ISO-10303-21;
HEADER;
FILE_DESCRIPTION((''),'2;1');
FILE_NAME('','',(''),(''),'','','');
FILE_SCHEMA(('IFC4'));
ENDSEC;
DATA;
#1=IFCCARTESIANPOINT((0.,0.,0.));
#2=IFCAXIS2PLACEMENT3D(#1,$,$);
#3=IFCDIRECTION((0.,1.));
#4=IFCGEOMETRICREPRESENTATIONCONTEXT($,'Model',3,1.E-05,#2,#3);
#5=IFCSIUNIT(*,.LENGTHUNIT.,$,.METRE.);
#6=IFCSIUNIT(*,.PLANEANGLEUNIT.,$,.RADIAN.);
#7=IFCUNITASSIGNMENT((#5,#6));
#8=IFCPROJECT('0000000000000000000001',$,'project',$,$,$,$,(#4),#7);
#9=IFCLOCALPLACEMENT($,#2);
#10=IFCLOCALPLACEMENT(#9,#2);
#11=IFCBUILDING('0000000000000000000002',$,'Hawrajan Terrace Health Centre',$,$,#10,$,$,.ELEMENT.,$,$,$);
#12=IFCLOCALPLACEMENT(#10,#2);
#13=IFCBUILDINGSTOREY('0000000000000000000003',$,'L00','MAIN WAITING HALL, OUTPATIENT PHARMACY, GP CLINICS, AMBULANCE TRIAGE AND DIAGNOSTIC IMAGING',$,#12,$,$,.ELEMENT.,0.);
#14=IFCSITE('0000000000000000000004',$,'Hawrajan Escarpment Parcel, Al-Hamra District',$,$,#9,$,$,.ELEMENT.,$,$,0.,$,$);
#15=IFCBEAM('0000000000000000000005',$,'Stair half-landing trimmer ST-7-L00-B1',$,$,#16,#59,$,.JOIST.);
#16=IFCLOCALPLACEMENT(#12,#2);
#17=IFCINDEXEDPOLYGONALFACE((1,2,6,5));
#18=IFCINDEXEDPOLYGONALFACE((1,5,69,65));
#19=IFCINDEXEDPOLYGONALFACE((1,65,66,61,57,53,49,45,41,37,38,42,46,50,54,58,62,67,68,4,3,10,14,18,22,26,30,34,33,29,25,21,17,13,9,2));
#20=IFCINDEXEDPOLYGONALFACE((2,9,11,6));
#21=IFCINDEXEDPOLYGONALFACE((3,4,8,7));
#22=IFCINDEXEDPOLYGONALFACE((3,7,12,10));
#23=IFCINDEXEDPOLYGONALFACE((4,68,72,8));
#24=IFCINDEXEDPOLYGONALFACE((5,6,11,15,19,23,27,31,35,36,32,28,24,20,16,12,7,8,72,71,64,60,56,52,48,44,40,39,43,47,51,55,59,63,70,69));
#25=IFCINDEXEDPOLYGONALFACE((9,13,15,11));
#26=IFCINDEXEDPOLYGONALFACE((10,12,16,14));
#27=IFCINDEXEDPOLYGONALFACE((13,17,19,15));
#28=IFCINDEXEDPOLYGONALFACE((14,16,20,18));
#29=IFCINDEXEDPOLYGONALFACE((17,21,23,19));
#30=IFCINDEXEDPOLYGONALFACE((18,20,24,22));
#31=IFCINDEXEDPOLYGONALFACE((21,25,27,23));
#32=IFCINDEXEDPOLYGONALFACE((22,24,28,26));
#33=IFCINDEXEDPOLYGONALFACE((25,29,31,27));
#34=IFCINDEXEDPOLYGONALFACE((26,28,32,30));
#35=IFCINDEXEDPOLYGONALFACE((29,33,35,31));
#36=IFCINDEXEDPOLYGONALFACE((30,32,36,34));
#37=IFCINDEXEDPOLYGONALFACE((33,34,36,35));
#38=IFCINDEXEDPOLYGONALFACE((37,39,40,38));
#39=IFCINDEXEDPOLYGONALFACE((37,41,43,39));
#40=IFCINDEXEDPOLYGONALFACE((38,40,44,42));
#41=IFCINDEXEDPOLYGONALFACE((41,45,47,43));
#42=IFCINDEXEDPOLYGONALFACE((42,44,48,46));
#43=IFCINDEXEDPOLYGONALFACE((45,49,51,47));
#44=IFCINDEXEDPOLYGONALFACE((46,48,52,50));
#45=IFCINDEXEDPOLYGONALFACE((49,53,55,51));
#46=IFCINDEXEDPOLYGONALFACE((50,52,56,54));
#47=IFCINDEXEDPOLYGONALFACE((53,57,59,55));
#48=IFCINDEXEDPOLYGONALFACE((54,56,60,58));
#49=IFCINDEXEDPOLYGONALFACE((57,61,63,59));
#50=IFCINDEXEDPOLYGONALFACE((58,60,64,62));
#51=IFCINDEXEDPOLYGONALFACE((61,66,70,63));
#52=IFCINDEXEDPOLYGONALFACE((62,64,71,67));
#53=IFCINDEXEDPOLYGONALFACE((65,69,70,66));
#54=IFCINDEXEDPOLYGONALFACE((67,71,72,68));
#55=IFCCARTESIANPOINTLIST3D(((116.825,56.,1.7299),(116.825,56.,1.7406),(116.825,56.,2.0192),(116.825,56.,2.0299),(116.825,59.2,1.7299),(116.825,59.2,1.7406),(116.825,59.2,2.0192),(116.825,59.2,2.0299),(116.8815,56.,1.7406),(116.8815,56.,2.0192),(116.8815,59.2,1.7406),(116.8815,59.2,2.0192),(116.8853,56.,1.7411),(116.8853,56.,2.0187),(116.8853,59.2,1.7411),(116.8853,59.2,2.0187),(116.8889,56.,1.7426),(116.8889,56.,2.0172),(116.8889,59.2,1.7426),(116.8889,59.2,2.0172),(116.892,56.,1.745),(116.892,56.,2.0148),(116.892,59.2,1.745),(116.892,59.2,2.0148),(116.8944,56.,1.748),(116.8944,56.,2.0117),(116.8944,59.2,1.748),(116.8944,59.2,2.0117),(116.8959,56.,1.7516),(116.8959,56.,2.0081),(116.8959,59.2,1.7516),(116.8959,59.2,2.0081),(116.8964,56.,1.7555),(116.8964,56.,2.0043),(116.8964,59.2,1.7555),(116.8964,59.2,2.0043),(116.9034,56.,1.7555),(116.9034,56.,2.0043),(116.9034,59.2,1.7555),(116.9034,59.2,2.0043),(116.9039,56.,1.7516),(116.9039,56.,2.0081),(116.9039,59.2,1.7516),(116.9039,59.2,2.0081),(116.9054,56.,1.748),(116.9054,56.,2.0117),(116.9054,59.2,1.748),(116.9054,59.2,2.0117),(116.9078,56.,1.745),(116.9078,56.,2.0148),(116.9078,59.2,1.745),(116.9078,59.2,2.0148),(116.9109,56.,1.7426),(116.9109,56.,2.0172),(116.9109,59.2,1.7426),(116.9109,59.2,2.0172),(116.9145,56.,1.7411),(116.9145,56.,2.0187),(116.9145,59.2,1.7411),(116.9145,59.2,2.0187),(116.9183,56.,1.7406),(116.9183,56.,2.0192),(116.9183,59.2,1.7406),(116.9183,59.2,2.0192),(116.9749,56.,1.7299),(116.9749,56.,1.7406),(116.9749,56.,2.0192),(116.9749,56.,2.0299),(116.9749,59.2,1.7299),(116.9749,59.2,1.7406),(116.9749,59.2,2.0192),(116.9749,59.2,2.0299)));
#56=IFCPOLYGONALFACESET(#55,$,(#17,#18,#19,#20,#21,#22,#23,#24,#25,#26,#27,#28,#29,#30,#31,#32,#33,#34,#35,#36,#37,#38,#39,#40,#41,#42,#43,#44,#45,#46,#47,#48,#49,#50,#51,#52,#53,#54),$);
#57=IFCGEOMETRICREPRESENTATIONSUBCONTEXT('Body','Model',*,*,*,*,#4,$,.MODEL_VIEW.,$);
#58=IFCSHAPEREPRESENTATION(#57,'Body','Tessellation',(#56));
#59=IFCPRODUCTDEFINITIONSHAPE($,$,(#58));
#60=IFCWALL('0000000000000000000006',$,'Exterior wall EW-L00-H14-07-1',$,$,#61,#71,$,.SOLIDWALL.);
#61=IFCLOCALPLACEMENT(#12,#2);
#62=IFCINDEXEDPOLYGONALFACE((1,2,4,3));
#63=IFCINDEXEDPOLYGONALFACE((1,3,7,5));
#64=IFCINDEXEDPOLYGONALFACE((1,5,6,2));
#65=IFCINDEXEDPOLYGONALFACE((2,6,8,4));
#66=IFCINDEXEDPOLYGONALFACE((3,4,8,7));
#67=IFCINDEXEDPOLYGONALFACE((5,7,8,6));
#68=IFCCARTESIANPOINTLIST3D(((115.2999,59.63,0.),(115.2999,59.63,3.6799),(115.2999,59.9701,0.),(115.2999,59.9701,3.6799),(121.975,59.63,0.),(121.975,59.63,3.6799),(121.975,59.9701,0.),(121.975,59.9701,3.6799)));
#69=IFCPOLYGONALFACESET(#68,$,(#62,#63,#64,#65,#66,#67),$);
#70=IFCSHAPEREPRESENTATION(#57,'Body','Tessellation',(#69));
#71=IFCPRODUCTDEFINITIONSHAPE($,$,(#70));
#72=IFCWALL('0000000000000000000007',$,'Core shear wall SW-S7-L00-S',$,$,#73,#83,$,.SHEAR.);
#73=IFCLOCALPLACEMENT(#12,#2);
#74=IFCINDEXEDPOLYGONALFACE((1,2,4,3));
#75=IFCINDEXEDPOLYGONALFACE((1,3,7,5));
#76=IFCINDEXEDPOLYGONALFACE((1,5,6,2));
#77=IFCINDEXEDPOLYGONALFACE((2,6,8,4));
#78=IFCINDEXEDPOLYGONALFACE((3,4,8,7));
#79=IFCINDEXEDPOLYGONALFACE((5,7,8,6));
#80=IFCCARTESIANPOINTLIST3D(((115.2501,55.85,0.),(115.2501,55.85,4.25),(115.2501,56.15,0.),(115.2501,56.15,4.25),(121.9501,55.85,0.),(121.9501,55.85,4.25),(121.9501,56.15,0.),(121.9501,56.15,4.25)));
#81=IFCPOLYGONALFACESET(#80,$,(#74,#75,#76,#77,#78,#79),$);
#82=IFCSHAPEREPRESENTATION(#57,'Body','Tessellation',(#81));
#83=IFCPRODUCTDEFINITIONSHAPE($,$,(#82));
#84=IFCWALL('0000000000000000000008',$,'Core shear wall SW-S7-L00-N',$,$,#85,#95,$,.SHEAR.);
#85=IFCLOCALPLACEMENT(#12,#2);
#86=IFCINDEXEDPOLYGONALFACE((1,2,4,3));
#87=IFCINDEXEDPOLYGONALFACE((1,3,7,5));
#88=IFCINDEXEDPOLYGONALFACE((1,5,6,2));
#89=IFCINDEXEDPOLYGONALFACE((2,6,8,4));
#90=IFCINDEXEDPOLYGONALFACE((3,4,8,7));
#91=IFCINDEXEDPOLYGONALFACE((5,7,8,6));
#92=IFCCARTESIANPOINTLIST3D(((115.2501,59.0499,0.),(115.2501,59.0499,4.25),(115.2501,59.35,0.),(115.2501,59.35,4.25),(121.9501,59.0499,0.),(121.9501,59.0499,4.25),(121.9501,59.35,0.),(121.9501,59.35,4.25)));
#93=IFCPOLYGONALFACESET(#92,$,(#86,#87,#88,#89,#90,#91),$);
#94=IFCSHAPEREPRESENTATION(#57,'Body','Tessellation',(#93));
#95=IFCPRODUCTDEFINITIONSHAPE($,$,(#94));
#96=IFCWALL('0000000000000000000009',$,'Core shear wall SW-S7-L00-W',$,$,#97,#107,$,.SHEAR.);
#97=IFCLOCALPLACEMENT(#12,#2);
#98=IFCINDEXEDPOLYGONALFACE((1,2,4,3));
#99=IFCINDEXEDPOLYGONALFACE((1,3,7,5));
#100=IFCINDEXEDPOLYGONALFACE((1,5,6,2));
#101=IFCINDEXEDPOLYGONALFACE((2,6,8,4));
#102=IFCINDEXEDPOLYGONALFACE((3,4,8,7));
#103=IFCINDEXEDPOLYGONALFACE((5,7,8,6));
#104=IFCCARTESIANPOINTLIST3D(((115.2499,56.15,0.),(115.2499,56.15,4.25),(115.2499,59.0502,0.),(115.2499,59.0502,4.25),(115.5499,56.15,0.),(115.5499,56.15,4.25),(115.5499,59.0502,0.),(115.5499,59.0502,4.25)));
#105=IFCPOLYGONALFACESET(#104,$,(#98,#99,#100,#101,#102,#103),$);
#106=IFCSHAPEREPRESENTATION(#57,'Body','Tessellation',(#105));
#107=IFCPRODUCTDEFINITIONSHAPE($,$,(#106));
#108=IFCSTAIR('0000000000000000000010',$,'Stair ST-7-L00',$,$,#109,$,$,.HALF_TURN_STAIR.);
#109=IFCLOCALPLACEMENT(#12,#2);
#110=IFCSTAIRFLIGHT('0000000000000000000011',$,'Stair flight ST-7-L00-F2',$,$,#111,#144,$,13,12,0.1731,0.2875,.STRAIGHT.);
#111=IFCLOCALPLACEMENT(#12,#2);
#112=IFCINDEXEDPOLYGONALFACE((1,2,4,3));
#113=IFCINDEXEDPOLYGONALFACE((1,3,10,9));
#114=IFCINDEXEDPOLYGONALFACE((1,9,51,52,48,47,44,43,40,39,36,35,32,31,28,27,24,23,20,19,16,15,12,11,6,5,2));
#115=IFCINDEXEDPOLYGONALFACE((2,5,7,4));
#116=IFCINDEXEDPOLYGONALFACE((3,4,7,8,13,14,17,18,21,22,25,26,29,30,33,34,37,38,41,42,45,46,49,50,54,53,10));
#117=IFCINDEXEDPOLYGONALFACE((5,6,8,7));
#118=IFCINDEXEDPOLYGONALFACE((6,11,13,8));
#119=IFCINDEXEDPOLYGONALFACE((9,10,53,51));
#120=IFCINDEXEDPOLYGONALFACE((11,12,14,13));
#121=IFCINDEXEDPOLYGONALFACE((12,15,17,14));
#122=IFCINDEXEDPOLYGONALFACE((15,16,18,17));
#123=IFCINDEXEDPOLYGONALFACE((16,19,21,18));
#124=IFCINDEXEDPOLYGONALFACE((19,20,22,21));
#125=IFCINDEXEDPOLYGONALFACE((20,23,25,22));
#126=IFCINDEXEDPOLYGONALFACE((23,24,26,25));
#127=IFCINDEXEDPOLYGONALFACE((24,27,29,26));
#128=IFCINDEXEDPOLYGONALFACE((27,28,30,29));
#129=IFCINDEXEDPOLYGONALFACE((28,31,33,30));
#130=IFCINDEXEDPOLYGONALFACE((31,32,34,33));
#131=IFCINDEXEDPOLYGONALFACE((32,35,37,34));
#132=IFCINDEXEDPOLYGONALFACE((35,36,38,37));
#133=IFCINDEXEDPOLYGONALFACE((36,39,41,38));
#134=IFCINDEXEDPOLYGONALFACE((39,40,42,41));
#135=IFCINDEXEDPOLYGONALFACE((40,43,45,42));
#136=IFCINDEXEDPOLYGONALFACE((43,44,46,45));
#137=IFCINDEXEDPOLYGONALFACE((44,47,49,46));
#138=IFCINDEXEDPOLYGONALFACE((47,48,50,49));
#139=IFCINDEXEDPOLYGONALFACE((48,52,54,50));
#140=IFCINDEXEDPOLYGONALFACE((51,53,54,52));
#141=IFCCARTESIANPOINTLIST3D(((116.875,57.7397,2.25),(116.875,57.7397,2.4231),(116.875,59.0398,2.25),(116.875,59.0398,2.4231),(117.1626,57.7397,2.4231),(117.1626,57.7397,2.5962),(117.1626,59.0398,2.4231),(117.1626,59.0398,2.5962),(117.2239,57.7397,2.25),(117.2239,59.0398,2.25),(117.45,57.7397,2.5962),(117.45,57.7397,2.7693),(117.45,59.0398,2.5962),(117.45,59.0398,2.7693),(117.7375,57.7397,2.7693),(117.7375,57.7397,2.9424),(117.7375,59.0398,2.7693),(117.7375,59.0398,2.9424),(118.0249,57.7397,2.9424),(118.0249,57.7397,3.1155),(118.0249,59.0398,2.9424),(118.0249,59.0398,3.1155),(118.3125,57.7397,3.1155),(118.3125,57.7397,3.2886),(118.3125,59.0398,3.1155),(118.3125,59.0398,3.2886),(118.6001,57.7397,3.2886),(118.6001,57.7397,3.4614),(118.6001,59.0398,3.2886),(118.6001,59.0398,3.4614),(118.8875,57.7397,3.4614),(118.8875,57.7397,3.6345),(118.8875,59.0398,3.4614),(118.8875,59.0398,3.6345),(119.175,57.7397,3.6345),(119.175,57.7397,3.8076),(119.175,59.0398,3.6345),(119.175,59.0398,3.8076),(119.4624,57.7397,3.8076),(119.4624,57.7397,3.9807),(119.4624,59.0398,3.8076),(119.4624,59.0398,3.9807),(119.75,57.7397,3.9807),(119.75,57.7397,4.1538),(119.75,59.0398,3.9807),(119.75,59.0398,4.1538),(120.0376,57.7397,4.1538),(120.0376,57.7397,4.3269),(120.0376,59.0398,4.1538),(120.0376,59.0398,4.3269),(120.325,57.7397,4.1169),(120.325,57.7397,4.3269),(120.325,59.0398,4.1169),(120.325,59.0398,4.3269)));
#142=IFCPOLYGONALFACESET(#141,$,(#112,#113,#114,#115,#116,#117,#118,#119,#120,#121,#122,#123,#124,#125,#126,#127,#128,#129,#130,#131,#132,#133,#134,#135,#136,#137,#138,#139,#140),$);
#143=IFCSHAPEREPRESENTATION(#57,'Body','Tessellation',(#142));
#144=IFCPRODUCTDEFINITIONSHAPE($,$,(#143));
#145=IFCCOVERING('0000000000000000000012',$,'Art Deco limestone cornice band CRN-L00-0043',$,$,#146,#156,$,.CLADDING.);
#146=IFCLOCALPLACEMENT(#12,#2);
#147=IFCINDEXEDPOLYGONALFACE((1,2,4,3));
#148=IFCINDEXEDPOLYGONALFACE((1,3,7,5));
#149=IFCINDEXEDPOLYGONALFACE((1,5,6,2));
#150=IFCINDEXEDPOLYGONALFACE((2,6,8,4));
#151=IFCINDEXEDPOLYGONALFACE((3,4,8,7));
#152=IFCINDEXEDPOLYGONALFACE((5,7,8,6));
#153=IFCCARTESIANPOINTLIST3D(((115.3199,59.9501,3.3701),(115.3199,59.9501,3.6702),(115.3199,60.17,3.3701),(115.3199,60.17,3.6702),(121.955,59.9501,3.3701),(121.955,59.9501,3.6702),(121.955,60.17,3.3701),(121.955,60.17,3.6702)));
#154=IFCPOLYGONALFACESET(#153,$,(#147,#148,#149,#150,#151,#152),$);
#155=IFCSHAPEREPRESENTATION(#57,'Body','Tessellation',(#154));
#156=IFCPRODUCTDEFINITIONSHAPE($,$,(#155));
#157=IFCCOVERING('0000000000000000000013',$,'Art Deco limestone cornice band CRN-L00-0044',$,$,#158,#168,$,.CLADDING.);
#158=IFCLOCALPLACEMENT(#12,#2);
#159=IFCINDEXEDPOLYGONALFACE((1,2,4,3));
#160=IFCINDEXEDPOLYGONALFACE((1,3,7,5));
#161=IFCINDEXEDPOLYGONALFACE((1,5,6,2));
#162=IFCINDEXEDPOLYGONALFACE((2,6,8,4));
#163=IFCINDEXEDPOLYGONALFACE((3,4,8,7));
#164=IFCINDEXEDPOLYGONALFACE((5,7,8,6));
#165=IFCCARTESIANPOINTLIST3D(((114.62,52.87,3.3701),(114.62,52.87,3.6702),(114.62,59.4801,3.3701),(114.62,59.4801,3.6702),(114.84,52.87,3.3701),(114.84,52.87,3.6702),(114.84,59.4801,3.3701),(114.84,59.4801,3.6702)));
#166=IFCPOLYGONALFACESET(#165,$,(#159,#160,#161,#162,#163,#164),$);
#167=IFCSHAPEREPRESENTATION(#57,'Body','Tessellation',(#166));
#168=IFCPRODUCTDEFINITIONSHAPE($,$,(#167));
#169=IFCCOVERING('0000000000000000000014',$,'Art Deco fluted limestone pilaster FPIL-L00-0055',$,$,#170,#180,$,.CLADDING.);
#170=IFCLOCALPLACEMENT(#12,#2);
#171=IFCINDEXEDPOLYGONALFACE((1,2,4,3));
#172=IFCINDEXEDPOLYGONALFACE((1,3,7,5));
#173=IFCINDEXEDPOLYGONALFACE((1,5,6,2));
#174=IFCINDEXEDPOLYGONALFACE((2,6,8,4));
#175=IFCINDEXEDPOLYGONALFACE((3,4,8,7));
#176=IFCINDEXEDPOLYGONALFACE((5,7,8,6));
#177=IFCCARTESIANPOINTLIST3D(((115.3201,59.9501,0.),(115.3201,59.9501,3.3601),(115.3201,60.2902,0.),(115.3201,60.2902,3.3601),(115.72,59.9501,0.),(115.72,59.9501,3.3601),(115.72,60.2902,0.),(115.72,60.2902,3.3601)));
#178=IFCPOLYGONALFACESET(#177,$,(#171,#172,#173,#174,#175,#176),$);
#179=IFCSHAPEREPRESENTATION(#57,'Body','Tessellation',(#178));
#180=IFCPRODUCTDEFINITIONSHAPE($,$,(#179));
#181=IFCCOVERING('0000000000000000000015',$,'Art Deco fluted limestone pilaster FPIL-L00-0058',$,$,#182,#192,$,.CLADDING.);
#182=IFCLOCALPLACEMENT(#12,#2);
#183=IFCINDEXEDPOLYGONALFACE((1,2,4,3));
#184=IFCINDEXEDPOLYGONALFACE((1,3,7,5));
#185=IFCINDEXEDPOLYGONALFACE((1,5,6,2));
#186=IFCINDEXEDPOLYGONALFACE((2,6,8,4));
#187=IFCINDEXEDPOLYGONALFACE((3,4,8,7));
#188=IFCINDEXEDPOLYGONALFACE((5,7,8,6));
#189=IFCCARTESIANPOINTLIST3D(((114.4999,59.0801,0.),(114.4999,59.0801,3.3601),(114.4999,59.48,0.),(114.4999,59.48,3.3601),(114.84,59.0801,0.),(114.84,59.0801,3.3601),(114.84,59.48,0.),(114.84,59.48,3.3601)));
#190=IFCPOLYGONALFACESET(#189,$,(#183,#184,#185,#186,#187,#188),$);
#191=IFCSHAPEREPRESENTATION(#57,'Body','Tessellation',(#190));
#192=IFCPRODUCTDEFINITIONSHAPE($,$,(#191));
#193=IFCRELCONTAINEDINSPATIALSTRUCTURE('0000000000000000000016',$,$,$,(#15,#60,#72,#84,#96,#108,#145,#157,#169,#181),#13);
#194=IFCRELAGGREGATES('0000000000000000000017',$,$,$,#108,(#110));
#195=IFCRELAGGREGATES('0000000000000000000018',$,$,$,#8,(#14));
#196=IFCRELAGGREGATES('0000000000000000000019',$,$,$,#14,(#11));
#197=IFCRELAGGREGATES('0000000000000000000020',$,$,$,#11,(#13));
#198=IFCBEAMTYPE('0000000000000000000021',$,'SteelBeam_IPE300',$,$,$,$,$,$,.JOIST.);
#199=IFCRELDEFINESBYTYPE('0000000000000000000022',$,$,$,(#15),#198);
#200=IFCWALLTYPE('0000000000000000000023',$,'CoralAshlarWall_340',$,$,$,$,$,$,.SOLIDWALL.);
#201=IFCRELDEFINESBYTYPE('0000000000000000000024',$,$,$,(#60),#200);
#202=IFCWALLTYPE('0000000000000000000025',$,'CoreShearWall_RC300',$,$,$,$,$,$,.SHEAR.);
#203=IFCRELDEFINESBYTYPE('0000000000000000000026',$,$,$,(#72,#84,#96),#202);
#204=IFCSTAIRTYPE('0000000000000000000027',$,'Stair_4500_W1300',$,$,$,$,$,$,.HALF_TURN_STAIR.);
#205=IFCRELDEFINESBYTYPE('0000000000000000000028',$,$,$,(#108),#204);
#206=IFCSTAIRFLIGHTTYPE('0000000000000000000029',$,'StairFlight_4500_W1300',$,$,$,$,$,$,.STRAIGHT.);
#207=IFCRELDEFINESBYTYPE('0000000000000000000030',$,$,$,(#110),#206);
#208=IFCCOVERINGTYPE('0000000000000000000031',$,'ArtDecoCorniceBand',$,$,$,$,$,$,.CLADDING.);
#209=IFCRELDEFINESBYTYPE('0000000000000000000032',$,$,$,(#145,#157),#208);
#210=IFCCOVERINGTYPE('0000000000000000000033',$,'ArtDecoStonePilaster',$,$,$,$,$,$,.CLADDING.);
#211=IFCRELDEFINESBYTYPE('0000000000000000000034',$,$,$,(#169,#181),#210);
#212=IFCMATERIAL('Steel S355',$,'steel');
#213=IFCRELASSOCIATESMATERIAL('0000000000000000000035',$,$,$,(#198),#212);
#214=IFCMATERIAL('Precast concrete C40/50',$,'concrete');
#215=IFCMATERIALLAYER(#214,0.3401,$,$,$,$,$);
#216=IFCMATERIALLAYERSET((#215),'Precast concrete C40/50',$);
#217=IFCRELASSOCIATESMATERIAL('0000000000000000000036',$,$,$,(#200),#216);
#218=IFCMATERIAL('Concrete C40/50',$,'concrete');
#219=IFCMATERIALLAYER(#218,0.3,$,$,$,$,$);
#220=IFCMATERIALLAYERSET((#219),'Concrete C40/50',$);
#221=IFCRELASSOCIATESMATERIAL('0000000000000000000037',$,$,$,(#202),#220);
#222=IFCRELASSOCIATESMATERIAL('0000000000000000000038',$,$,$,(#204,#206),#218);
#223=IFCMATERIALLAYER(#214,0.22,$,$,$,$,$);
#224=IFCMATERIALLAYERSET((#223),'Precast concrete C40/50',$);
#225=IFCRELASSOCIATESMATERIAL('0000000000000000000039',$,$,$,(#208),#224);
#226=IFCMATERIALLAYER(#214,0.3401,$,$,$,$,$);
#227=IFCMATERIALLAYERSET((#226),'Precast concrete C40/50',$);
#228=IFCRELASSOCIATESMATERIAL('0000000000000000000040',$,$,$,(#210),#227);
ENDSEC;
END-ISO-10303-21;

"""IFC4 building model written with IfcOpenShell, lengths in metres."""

from ifc_helpers import new_model, si_unit, direction, frame, frame_2d, origin, origin_2d, place, context, subcontext, project, spatial, polyline, rectangle, i_section, outline, extrude, material, layer, layer_set, material_profile, profile_set, type_object, element, aggregate, save


model = new_model("IFC4")

# Units and contexts
model_context = context("Model", 3, precision=1e-05, world=origin(), true_north=direction((0.0, 1.0)))
body_context = subcontext(model_context, "Body", "Model", "MODEL_VIEW")
ifc_project = project(units=[si_unit("LENGTHUNIT", "METRE"), si_unit("PLANEANGLEUNIT", "RADIAN")], contexts=[model_context])

# Site, building, storey
site_placement = place(None, origin())
site = spatial("IfcSite", under=ifc_project, at=site_placement, Name="Hawrajan Escarpment Parcel, Al-Hamra District", CompositionType="ELEMENT", RefElevation=0.0)
building_placement = place(site_placement, origin())
building = spatial("IfcBuilding", under=site, at=building_placement, Name="Hawrajan Terrace Health Centre", CompositionType="ELEMENT")
storey_placement = place(building_placement, origin())
storey = spatial("IfcBuildingStorey", under=building, at=storey_placement, Name="L00", Description="MAIN WAITING HALL, OUTPATIENT PHARMACY, GP CLINICS, AMBULANCE TRIAGE AND DIAGNOSTIC IMAGING", CompositionType="ELEMENT", Elevation=0.0)

# Shared definitions
ifc_material_1 = material(Name="Concrete C40/50", Category="concrete")

# Beam
ifc_material_2 = material(Name="Steel S355", Category="steel")
ifc_material_profile_1 = material_profile(ifc_material_2, i_section(OverallWidth=0.1499, OverallDepth=0.3, WebThickness=0.0071, FlangeThickness=0.0107, FilletRadius=0.0149, at=origin_2d()), Name="IPE 300")
ifc_profile_set_1 = profile_set([ifc_material_profile_1], Name="Steel S355")
beam_type = type_object("IfcBeamType", Name="SteelBeam_IPE300", PredefinedType="JOIST", material=ifc_profile_set_1)
beam_placement = place(storey_placement, frame((116.8999, 56.0, 1.8799), z_axis=(0.0, 1.0, 0.0), x_axis=(-1.0, 0.0, 0.0)))
element("IfcBeam", 1, at=beam_placement, inside=storey, type_object=beam_type, Name="Stair half-landing trimmer ST-7-L00-B1", PredefinedType="JOIST", context=body_context, shape_type="SweptSolid", body=[
    extrude(i_section(OverallWidth=0.1499, OverallDepth=0.3, WebThickness=0.0071, FlangeThickness=0.0107, FilletRadius=0.0149, at=origin_2d()), origin(), (0.0, 0.0, 1.0), 3.2),
])

# Walls
ifc_material_3 = material(Name="Precast concrete C40/50", Category="concrete")
ifc_layer_1 = layer(ifc_material_3, 0.3401)
ifc_layer_set_1 = layer_set([ifc_layer_1], Name="Precast concrete C40/50")
wall_type_1 = type_object("IfcWallType", Name="CoralAshlarWall_340", PredefinedType="SOLIDWALL", material=ifc_layer_set_1)
wall_1_placement = place(storey_placement, frame((115.3, 59.8, 0.0), z_axis=(0.0, 0.0, 1.0), x_axis=(1.0, 0.0, 0.0)))
element("IfcWall", 2, at=wall_1_placement, inside=storey, type_object=wall_type_1, Name="Exterior wall EW-L00-H14-07-1", PredefinedType="SOLIDWALL", context=body_context, shape_type="SweptSolid", body=[
    extrude(rectangle(XDim=6.675, YDim=0.3401, at=frame_2d((3.3374, 0.0))), origin(), (0.0, 0.0, 1.0), 3.6799),
])
ifc_layer_2 = layer(ifc_material_1, 0.3)
ifc_layer_set_2 = layer_set([ifc_layer_2], Name="Concrete C40/50")
wall_type_2 = type_object("IfcWallType", Name="CoreShearWall_RC300", PredefinedType="SHEAR", material=ifc_layer_set_2)
for number, where, z_axis, x_axis, name in (
    (3, (115.25, 56.0, 0.0), (0.0, 0.0, 1.0), (1.0, 0.0, 0.0), "Core shear wall SW-S7-L00-S"),
    (4, (115.25, 59.2, 0.0), (0.0, 0.0, 1.0), (1.0, 0.0, 0.0), "Core shear wall SW-S7-L00-N"),
):
    element("IfcWall", number, at=place(storey_placement, frame(where, z_axis=z_axis, x_axis=x_axis)), inside=storey, type_object=wall_type_2, Name=name, PredefinedType="SHEAR", context=body_context, shape_type="SweptSolid", body=[
        extrude(rectangle(XDim=6.7, YDim=0.3, at=frame_2d((3.3501, 0.0))), origin(), (0.0, 0.0, 1.0), 4.25),
    ])
wall_2_placement = place(storey_placement, frame((115.3999, 56.1499, 0.0), z_axis=(0.0, 0.0, 1.0), x_axis=(0.0, 1.0, 0.0)))
element("IfcWall", 5, at=wall_2_placement, inside=storey, type_object=wall_type_2, Name="Core shear wall SW-S7-L00-W", PredefinedType="SHEAR", context=body_context, shape_type="SweptSolid", body=[
    extrude(rectangle(XDim=2.9001, YDim=0.3, at=frame_2d((1.4502, 0.0))), origin(), (0.0, 0.0, 1.0), 4.25),
])

# Stair, stair flight
stair_type = type_object("IfcStairType", Name="Stair_4500_W1300", PredefinedType="HALF_TURN_STAIR", material=ifc_material_1)
stair_placement = place(storey_placement, origin())
stair = element("IfcStair", 6, at=stair_placement, inside=storey, type_object=stair_type, Name="Stair ST-7-L00", PredefinedType="HALF_TURN_STAIR")
stair_flight_type = type_object("IfcStairFlightType", Name="StairFlight_4500_W1300", PredefinedType="STRAIGHT", material=ifc_material_1)
stair_flight_placement = place(storey_placement, frame((116.875, 58.3899, 2.25), z_axis=(0.0, 0.0, 1.0), x_axis=(1.0, 0.0, 0.0)))
stair_flight = element("IfcStairFlight", 7, at=stair_flight_placement, type_object=stair_flight_type, Name="Stair flight ST-7-L00-F2", NumberOfRisers=13, NumberOfTreads=12, PredefinedType="STRAIGHT", RiserHeight=0.1731, TreadLength=0.2875, context=body_context, shape_type="SweptSolid", body=[
    extrude(outline(polyline([(0.0, 0.0), (0.0, 0.1731), (0.2876, 0.1731), (0.2876, 0.3462), (0.575, 0.3462), (0.575, 0.5193), (0.8625, 0.5193), (0.8625, 0.6924), (1.1499, 0.6924), (1.1499, 0.8655), (1.4375, 0.8655), (1.4375, 1.0386), (1.7251, 1.0386), (1.7251, 1.2114), (2.0125, 1.2114), (2.0125, 1.3845), (2.3, 1.3845), (2.3, 1.5576), (2.5874, 1.5576), (2.5874, 1.7307), (2.875, 1.7307), (2.875, 1.9038), (3.1626, 1.9038), (3.1626, 2.0769), (3.45, 2.0769), (3.45, 2.25), (3.45, 1.8669), (0.3489, 0.0), (0.0, 0.0)])), frame((0.0, 0.6499, 0.0), z_axis=(0.0, -1.0, 0.0), x_axis=(1.0, 0.0, 0.0)), (0.0, 0.0, 1.0), 1.3),
])
aggregate(stair, [stair_flight])

# Coverings
ifc_layer_3 = layer(ifc_material_3, 0.22)
ifc_layer_set_3 = layer_set([ifc_layer_3], Name="Precast concrete C40/50")
covering_type_1 = type_object("IfcCoveringType", Name="ArtDecoCorniceBand", PredefinedType="CLADDING", material=ifc_layer_set_3)
covering_1_placement = place(storey_placement, frame((118.6375, 60.0601, 3.3701), z_axis=(0.0, 0.0, 1.0), x_axis=(1.0, 0.0, 0.0)))
element("IfcCovering", 8, at=covering_1_placement, inside=storey, type_object=covering_type_1, Name="Art Deco limestone cornice band CRN-L00-0043", PredefinedType="CLADDING", context=body_context, shape_type="SweptSolid", body=[
    extrude(rectangle(XDim=6.635, YDim=0.22, at=origin_2d()), origin(), (0.0, 0.0, 1.0), 0.3),
])
covering_2_placement = place(storey_placement, frame((114.73, 56.175, 3.3701), z_axis=(0.0, 0.0, 1.0), x_axis=(0.0, 1.0, 0.0)))
element("IfcCovering", 9, at=covering_2_placement, inside=storey, type_object=covering_type_1, Name="Art Deco limestone cornice band CRN-L00-0044", PredefinedType="CLADDING", context=body_context, shape_type="SweptSolid", body=[
    extrude(rectangle(XDim=6.6101, YDim=0.22, at=origin_2d()), origin(), (0.0, 0.0, 1.0), 0.3),
])
ifc_layer_4 = layer(ifc_material_3, 0.3401)
ifc_layer_set_4 = layer_set([ifc_layer_4], Name="Precast concrete C40/50")
covering_type_2 = type_object("IfcCoveringType", Name="ArtDecoStonePilaster", PredefinedType="CLADDING", material=ifc_layer_set_4)
for number, where, z_axis, x_axis, name in (
    (10, (115.52, 60.1201, 0.0), (0.0, 0.0, 1.0), (1.0, 0.0, 0.0), "Art Deco fluted limestone pilaster FPIL-L00-0055"),
    (11, (114.6699, 59.28, 0.0), (0.0, 0.0, 1.0), (0.0, 1.0, 0.0), "Art Deco fluted limestone pilaster FPIL-L00-0058"),
):
    element("IfcCovering", number, at=place(storey_placement, frame(where, z_axis=z_axis, x_axis=x_axis)), inside=storey, type_object=covering_type_2, Name=name, PredefinedType="CLADDING", context=body_context, shape_type="SweptSolid", body=[
        extrude(rectangle(XDim=0.3999, YDim=0.3401, at=origin_2d()), origin(), (0.0, 0.0, 1.0), 3.3601),
    ])

save(model, "model.ifc")
